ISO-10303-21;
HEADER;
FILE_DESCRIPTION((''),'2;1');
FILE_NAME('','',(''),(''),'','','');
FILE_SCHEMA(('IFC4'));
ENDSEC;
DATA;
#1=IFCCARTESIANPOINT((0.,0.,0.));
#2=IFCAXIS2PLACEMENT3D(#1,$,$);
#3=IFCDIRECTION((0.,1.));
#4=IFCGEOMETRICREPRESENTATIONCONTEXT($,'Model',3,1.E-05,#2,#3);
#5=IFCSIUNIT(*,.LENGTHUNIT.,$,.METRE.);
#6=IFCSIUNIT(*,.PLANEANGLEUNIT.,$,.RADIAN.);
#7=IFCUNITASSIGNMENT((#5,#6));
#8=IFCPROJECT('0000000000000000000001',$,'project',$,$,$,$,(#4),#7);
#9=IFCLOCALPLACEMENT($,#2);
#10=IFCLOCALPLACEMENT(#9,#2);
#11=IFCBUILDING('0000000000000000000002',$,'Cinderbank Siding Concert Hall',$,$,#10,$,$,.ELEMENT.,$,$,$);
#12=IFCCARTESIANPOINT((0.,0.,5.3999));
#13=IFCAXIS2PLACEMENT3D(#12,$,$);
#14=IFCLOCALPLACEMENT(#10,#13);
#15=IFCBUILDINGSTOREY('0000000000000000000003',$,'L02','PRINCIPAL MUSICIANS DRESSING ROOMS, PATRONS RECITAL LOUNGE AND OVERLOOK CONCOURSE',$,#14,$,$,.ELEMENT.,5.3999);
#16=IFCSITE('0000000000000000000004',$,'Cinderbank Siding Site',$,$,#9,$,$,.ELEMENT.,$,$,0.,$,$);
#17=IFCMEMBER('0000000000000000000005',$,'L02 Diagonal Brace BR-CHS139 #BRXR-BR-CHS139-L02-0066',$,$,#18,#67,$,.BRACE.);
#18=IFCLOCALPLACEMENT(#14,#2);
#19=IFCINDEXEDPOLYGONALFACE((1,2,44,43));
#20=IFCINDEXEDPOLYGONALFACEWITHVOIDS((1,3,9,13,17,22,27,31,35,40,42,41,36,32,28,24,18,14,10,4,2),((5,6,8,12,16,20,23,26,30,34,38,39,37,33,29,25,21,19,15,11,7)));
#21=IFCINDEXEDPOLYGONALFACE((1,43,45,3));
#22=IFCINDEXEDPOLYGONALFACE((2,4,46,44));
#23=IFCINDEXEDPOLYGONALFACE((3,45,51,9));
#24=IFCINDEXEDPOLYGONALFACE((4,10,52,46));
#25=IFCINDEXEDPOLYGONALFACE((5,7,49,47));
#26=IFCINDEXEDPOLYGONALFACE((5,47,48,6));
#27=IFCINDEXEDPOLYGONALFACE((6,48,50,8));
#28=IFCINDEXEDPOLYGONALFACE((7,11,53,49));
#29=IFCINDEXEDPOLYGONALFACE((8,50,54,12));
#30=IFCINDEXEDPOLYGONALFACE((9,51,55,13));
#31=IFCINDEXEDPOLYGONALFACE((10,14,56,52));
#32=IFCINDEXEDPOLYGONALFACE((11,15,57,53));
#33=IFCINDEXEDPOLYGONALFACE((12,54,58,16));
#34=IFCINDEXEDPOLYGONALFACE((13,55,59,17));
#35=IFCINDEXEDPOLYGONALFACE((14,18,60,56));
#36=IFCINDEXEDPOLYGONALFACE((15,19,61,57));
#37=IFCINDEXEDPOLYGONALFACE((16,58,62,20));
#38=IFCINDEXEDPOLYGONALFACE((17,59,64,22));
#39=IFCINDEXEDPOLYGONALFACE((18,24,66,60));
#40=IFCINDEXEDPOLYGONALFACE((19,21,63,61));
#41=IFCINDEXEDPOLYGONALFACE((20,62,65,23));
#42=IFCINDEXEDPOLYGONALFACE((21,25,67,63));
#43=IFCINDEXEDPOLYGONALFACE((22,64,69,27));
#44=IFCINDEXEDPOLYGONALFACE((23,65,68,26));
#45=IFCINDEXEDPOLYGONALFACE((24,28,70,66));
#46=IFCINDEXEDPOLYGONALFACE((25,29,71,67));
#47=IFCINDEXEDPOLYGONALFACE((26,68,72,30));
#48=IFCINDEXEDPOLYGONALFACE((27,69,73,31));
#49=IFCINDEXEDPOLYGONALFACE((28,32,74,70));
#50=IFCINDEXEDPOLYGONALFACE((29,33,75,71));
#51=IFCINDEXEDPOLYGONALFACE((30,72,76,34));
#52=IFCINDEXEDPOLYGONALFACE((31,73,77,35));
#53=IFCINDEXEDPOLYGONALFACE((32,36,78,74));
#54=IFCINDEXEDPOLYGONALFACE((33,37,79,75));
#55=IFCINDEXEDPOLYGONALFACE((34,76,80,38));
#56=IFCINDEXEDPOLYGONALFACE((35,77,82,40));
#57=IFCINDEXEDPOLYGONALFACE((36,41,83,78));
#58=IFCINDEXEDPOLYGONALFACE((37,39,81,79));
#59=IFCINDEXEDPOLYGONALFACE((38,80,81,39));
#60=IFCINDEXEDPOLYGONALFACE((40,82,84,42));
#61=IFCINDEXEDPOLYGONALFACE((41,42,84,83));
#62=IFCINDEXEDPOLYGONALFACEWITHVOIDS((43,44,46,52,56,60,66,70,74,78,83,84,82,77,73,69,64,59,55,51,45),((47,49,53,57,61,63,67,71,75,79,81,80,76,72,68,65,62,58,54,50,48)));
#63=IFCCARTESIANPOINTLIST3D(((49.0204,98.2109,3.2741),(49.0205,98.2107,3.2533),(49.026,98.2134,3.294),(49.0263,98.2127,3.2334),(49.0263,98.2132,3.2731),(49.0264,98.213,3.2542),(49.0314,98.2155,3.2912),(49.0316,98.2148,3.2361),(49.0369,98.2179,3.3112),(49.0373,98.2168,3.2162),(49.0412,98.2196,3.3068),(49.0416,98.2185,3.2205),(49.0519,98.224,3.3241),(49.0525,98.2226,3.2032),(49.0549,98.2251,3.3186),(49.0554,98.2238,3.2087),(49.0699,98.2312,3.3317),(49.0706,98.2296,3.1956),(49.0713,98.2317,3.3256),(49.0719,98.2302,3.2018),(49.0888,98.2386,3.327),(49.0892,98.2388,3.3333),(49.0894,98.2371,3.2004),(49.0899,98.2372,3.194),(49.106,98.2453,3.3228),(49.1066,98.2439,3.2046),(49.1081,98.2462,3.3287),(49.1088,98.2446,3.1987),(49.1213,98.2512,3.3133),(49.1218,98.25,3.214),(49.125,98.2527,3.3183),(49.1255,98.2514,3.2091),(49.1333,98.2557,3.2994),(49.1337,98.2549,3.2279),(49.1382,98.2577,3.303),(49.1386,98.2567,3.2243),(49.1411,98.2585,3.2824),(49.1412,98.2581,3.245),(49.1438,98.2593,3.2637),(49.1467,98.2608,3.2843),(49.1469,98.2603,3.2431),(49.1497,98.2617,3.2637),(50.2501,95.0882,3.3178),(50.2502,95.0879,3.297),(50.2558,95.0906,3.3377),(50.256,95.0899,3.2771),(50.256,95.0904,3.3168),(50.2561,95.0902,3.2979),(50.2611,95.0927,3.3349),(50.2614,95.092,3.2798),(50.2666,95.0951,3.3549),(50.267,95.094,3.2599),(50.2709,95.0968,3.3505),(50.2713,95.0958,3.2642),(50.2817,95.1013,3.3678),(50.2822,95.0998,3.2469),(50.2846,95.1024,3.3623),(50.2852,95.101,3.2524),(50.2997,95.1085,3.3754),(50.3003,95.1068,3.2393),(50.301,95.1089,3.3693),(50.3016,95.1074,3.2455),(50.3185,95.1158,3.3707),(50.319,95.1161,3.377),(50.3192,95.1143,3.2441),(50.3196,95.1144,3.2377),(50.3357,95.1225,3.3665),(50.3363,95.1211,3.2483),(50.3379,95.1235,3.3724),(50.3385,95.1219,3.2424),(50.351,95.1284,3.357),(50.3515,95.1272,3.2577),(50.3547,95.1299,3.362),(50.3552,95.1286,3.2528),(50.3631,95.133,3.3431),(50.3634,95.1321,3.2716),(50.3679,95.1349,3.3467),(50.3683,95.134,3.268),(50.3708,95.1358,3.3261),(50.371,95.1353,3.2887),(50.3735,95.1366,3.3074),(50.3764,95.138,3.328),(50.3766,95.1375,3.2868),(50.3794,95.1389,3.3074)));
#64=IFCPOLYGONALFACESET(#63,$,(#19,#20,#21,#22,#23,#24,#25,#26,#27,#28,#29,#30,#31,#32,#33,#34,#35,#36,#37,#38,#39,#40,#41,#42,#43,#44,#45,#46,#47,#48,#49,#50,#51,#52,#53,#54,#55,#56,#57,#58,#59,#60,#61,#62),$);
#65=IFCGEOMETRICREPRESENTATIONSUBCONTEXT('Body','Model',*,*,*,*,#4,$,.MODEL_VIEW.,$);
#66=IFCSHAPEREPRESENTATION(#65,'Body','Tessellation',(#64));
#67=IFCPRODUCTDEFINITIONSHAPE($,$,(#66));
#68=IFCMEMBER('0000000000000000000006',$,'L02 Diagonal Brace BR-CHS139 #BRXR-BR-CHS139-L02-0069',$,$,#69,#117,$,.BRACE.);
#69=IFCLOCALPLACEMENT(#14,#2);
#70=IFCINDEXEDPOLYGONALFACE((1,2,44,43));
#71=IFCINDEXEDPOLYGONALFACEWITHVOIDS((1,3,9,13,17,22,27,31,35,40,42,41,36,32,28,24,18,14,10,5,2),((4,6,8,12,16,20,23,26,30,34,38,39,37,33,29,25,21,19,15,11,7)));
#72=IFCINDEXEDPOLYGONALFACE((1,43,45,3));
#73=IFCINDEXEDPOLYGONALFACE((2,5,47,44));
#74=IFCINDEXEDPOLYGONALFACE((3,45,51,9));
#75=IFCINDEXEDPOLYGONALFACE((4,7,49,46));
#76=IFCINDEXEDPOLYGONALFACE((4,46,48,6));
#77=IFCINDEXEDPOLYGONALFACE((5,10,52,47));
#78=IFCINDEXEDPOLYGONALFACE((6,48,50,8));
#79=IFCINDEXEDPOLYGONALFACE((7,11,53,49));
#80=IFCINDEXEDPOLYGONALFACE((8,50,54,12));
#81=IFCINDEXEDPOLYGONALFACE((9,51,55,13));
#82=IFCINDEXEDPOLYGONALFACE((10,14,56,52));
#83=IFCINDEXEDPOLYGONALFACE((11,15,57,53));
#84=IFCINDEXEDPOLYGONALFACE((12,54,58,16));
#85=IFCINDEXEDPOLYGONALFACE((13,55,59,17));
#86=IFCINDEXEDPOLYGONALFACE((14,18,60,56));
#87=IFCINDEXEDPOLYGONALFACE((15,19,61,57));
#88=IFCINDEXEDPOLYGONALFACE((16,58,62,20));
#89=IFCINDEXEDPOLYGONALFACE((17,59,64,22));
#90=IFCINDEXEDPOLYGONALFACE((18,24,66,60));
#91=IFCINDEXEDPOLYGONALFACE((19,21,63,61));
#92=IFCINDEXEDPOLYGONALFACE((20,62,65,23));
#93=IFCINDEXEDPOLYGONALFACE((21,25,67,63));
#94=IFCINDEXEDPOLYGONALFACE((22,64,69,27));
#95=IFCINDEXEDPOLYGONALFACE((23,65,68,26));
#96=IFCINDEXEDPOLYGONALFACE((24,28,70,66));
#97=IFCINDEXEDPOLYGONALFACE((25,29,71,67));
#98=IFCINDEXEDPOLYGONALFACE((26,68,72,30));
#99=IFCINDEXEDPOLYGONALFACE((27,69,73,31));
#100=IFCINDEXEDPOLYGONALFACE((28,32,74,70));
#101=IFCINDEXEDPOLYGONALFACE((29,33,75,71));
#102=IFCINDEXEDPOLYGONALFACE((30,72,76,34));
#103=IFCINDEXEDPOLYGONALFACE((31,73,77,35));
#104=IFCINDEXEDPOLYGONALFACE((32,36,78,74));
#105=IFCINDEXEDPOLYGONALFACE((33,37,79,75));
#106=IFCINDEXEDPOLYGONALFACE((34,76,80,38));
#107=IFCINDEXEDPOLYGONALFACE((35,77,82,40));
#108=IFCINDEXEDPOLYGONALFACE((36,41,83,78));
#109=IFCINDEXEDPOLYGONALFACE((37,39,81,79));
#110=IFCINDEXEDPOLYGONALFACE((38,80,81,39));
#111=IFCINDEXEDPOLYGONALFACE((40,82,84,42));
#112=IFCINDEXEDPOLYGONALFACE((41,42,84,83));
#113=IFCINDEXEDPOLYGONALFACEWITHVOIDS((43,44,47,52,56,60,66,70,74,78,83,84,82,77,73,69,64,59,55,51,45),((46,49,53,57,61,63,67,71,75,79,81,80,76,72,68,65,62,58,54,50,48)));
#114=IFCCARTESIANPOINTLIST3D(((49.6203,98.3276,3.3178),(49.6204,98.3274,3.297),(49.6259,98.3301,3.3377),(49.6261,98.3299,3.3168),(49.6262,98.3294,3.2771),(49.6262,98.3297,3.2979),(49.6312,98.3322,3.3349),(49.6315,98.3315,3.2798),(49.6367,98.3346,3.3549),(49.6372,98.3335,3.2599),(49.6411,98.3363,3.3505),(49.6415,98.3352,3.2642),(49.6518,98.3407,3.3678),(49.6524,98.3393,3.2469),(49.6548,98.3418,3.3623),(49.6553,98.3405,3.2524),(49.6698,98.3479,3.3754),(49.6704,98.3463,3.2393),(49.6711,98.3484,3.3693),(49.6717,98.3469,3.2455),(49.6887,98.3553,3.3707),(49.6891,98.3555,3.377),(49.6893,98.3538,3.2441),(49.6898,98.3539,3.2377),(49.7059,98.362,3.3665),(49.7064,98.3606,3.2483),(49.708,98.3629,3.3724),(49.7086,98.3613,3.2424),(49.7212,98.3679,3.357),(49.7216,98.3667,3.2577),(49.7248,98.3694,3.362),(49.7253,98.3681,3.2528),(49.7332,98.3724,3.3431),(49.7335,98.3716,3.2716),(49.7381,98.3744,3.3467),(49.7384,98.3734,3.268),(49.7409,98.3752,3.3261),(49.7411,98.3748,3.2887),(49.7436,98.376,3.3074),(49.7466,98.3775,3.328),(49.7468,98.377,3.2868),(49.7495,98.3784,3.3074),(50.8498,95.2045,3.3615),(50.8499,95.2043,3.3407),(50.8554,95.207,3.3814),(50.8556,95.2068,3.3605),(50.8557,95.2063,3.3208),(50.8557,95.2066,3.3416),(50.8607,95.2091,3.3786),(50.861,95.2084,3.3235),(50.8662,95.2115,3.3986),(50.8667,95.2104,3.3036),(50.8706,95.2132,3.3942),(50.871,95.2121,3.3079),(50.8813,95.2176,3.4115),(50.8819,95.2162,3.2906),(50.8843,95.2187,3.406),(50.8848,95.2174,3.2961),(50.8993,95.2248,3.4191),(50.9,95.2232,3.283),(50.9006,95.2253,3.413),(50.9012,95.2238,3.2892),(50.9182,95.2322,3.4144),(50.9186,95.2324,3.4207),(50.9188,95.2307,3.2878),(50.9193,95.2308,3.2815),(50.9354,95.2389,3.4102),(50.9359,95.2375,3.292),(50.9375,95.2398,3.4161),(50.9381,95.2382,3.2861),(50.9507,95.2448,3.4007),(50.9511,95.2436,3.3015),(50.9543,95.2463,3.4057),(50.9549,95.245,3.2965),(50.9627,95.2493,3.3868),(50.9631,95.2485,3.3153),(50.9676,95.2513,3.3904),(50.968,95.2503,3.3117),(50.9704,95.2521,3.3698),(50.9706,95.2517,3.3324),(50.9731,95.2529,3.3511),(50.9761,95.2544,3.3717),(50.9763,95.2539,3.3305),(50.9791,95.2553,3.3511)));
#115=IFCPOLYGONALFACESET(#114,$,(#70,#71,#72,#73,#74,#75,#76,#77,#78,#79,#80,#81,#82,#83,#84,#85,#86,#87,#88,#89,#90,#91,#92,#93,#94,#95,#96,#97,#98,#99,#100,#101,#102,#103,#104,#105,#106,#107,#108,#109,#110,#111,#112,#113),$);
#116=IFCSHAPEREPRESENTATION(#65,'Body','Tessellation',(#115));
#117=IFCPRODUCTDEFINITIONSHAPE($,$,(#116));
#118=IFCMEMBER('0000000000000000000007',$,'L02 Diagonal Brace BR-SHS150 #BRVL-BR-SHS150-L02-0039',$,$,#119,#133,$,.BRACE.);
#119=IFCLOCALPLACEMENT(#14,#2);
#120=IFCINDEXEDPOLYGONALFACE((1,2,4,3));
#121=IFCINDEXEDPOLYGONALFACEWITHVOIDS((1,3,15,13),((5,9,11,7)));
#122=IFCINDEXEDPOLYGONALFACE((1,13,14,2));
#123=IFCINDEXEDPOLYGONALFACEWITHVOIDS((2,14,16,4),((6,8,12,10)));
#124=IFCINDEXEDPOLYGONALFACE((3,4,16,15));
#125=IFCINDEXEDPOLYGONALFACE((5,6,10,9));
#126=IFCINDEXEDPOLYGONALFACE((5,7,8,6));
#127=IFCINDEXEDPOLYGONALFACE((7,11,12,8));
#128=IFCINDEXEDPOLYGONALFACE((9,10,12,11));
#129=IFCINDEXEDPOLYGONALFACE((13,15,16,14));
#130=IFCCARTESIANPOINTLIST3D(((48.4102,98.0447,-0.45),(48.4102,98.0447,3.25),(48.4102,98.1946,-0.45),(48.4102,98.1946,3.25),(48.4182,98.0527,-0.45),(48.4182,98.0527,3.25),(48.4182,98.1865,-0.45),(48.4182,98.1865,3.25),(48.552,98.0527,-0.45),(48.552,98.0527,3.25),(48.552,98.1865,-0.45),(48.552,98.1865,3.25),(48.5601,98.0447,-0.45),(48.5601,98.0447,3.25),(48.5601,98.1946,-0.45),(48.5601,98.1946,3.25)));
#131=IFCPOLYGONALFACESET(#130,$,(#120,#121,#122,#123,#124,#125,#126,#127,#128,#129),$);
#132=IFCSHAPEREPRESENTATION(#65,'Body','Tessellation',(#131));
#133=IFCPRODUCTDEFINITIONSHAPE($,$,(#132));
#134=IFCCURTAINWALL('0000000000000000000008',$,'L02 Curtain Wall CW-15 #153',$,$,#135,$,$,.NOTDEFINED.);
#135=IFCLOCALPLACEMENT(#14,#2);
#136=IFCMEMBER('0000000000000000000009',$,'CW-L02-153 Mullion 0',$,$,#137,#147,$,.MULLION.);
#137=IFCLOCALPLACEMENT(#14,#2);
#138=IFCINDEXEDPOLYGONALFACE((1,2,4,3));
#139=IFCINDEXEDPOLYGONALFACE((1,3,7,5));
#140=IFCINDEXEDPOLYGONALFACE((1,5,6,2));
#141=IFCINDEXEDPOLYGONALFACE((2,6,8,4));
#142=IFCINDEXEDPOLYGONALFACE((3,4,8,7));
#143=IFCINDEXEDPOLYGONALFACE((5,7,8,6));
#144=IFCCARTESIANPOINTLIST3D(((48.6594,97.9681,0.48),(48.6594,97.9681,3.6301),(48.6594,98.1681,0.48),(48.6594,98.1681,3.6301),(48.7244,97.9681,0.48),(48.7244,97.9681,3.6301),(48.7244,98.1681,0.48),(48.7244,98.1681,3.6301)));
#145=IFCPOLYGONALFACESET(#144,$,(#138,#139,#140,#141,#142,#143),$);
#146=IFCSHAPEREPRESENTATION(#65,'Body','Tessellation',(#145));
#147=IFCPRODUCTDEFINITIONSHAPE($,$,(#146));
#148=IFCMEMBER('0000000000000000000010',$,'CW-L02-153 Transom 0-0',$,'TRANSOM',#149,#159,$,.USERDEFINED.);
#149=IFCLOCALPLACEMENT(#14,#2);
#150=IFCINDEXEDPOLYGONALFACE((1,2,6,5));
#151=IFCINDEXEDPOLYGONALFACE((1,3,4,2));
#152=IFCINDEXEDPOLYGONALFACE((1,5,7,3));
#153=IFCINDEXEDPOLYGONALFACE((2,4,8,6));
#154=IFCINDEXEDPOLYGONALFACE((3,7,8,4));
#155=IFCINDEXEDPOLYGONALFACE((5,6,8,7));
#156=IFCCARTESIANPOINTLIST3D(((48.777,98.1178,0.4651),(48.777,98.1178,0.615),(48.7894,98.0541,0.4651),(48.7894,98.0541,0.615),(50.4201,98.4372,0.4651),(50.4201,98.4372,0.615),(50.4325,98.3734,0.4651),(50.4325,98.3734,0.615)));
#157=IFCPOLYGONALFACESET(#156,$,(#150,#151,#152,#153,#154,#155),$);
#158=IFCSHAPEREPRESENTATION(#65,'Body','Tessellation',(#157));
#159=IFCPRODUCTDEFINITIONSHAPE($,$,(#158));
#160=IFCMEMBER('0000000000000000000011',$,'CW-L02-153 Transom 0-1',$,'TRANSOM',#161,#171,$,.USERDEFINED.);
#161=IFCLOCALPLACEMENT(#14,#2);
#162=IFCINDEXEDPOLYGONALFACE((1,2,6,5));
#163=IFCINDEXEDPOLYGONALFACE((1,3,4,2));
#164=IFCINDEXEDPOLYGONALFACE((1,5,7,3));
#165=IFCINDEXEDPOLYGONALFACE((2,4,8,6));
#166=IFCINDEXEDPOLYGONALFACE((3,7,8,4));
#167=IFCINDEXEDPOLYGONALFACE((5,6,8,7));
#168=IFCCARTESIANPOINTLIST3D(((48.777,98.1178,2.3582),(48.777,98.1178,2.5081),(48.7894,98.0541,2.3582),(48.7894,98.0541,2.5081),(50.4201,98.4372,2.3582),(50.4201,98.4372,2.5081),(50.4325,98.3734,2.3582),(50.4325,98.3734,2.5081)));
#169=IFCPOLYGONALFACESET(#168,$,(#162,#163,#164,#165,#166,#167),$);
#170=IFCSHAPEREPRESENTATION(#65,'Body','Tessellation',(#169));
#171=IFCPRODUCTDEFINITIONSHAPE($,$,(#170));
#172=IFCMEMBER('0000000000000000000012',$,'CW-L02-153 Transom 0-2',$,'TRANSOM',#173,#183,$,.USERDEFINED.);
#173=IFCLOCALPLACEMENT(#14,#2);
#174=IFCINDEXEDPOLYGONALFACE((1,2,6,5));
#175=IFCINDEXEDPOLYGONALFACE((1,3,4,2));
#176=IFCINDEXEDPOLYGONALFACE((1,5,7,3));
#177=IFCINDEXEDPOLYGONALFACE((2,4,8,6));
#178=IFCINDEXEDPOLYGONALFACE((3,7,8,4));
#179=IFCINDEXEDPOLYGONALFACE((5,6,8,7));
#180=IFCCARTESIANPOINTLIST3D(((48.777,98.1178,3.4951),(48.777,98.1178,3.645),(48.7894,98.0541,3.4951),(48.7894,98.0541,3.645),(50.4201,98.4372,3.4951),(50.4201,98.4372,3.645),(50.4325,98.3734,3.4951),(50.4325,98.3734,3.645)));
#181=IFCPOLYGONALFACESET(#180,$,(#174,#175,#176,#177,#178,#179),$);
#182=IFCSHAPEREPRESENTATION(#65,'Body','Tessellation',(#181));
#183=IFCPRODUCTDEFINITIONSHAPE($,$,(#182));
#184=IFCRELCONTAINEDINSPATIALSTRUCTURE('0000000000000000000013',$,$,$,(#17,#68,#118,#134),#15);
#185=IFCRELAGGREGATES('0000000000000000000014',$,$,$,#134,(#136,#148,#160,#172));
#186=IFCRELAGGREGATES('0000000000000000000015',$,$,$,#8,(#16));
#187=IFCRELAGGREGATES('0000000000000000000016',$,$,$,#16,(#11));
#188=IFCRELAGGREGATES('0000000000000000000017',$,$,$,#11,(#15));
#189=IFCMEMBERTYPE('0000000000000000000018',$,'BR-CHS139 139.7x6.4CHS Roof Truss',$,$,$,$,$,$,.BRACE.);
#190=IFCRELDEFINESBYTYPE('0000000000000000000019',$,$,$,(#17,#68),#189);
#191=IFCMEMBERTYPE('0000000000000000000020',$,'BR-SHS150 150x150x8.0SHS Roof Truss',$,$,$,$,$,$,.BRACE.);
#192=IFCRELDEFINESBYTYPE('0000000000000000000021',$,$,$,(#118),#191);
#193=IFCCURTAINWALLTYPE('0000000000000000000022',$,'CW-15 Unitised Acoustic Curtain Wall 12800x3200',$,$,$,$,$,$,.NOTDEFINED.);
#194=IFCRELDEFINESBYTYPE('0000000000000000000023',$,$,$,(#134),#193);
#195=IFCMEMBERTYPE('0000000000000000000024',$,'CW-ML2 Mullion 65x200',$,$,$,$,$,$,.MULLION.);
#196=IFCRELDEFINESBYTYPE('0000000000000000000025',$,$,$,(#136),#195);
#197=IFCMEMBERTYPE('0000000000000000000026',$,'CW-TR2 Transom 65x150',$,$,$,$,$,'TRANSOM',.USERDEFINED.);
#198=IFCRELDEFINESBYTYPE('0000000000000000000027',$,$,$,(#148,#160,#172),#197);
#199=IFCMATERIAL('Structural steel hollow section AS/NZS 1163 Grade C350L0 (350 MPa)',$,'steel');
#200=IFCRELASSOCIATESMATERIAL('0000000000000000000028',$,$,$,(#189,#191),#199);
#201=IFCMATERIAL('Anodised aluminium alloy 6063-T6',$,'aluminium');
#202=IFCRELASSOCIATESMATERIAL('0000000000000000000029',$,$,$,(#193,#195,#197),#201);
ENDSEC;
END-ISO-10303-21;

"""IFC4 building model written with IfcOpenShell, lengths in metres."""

from ifc_helpers import new_model, si_unit, direction, frame, origin, origin_2d, place, context, subcontext, project, spatial, rectangle, hollow_rectangle, hollow_circle, extrude, material, material_profile, profile_set, type_object, element, aggregate, save


model = new_model("IFC4")

# Units and contexts
model_context = context("Model", 3, precision=1e-05, world=origin(), true_north=direction((0.0, 1.0)))
body_context = subcontext(model_context, "Body", "Model", "MODEL_VIEW")
ifc_project = project(units=[si_unit("LENGTHUNIT", "METRE"), si_unit("PLANEANGLEUNIT", "RADIAN")], contexts=[model_context])

# Site, building, storey
site_placement = place(None, origin())
site = spatial("IfcSite", under=ifc_project, at=site_placement, Name="Cinderbank Siding Site", CompositionType="ELEMENT", RefElevation=0.0)
building_placement = place(site_placement, origin())
building = spatial("IfcBuilding", under=site, at=building_placement, Name="Cinderbank Siding Concert Hall", CompositionType="ELEMENT")
storey_placement = place(building_placement, frame((0.0, 0.0, 5.3999)))
storey = spatial("IfcBuildingStorey", under=building, at=storey_placement, Name="L02", Description="PRINCIPAL MUSICIANS DRESSING ROOMS, PATRONS RECITAL LOUNGE AND OVERLOOK CONCOURSE", CompositionType="ELEMENT", Elevation=5.3999)

# Members
ifc_material_1 = material(Name="Structural steel hollow section AS/NZS 1163 Grade C350L0 (350 MPa)", Category="steel")
ifc_material_profile_1 = material_profile(ifc_material_1, hollow_circle(Radius=0.0698, WallThickness=0.0063, at=origin_2d()), Name="139.7x6.4CHS", Category="LoadBearing")
ifc_profile_set_1 = profile_set([ifc_material_profile_1], Name="Structural steel hollow section AS/NZS 1163 Grade C350L0 (350 MPa)")
member_type_1 = type_object("IfcMemberType", Name="BR-CHS139 139.7x6.4CHS Roof Truss", PredefinedType="BRACE", material=ifc_profile_set_1)
member_1_placement = place(storey_placement, frame((49.0847, 98.2361, 3.2637), z_axis=(0.366375, -0.930376, 0.01302), x_axis=(0.930455, 0.366406, 0.0)))
element("IfcMember", 1, at=member_1_placement, inside=storey, type_object=member_type_1, Name="L02 Diagonal Brace BR-CHS139 #BRXR-BR-CHS139-L02-0066", PredefinedType="BRACE", context=body_context, shape_type="SweptSolid", body=[
    extrude(hollow_circle(Radius=0.0698, WallThickness=0.0063, at=origin_2d()), origin(), (0.0, 0.0, 1.0), 3.3564),
])
member_2_placement = place(storey_placement, frame((49.6846, 98.3528, 3.3074), z_axis=(0.366287, -0.930411, 0.013019), x_axis=(0.93049, 0.366318, 0.0)))
element("IfcMember", 2, at=member_2_placement, inside=storey, type_object=member_type_1, Name="L02 Diagonal Brace BR-CHS139 #BRXR-BR-CHS139-L02-0069", PredefinedType="BRACE", context=body_context, shape_type="SweptSolid", body=[
    extrude(hollow_circle(Radius=0.0698, WallThickness=0.0063, at=origin_2d()), origin(), (0.0, 0.0, 1.0), 3.3567),
])
ifc_material_profile_2 = material_profile(ifc_material_1, hollow_rectangle(XDim=0.1499, YDim=0.1499, WallThickness=0.0081, at=origin_2d()), Name="150x150x8.0SHS", Category="LoadBearing")
ifc_profile_set_2 = profile_set([ifc_material_profile_2], Name="Structural steel hollow section AS/NZS 1163 Grade C350L0 (350 MPa)")
member_type_2 = type_object("IfcMemberType", Name="BR-SHS150 150x150x8.0SHS Roof Truss", PredefinedType="BRACE", material=ifc_profile_set_2)
member_3_placement = place(storey_placement, frame((48.4851, 98.1196, -0.45), z_axis=(0.0, 0.0, 1.0), x_axis=(1.0, 0.0, 0.0)))
element("IfcMember", 3, at=member_3_placement, inside=storey, type_object=member_type_2, Name="L02 Diagonal Brace BR-SHS150 #BRVL-BR-SHS150-L02-0039", PredefinedType="BRACE", context=body_context, shape_type="SweptSolid", body=[
    extrude(hollow_rectangle(XDim=0.1499, YDim=0.1499, WallThickness=0.0081, at=origin_2d()), origin(), (0.0, 0.0, 1.0), 3.7),
])

# Curtain wall, members
ifc_material_2 = material(Name="Anodised aluminium alloy 6063-T6", Category="aluminium")
curtain_wall_type = type_object("IfcCurtainWallType", Name="CW-15 Unitised Acoustic Curtain Wall 12800x3200", PredefinedType="NOTDEFINED", material=ifc_material_2)
curtain_wall_placement = place(storey_placement, origin())
curtain_wall = element("IfcCurtainWall", 4, at=curtain_wall_placement, inside=storey, type_object=curtain_wall_type, Name="L02 Curtain Wall CW-15 #153", PredefinedType="NOTDEFINED")
ifc_material_profile_3 = material_profile(ifc_material_2, rectangle(XDim=0.0649, YDim=0.2, at=origin_2d()), Name="ALU-MULL-65x200", Category="LoadBearing")
ifc_profile_set_3 = profile_set([ifc_material_profile_3], Name="Anodised aluminium alloy 6063-T6")
member_type_3 = type_object("IfcMemberType", Name="CW-ML2 Mullion 65x200", PredefinedType="MULLION", material=ifc_profile_set_3)
member_4_placement = place(storey_placement, frame((48.6919, 98.0681, 0.48), z_axis=(0.0, 0.0, 1.0), x_axis=(1.0, 0.0, 0.0)))
member_4 = element("IfcMember", 5, at=member_4_placement, type_object=member_type_3, Name="CW-L02-153 Mullion 0", PredefinedType="MULLION", context=body_context, shape_type="SweptSolid", body=[
    extrude(rectangle(XDim=0.0649, YDim=0.2, at=origin_2d()), origin(), (0.0, 0.0, 1.0), 3.1501),
])
ifc_material_profile_4 = material_profile(ifc_material_2, rectangle(XDim=0.0649, YDim=0.1499, at=origin_2d()), Name="ALU-TRAN-65x150", Category="LoadBearing")
ifc_profile_set_4 = profile_set([ifc_material_profile_4], Name="Anodised aluminium alloy 6063-T6")
member_type_4 = type_object("IfcMemberType", Name="CW-TR2 Transom 65x150", ElementType="TRANSOM", PredefinedType="USERDEFINED", material=ifc_profile_set_4)
member_5_placement = place(storey_placement, frame((48.7832, 98.0859, 0.54), z_axis=(0.981632, 0.190784, 0.0), x_axis=(-0.190784, 0.981632, 0.0)))
member_5 = element("IfcMember", 6, at=member_5_placement, type_object=member_type_4, Name="CW-L02-153 Transom 0-0", ObjectType="TRANSOM", PredefinedType="USERDEFINED", context=body_context, shape_type="SweptSolid", body=[
    extrude(rectangle(XDim=0.0649, YDim=0.1499, at=origin_2d()), origin(), (0.0, 0.0, 1.0), 1.6738),
])
member_6_placement = place(storey_placement, frame((48.7832, 98.0859, 2.4331), z_axis=(0.981632, 0.190784, 0.0), x_axis=(-0.190784, 0.981632, 0.0)))
member_6 = element("IfcMember", 7, at=member_6_placement, type_object=member_type_4, Name="CW-L02-153 Transom 0-1", ObjectType="TRANSOM", PredefinedType="USERDEFINED", context=body_context, shape_type="SweptSolid", body=[
    extrude(rectangle(XDim=0.0649, YDim=0.1499, at=origin_2d()), origin(), (0.0, 0.0, 1.0), 1.6738),
])
member_7_placement = place(storey_placement, frame((48.7832, 98.0859, 3.5701), z_axis=(0.981632, 0.190784, 0.0), x_axis=(-0.190784, 0.981632, 0.0)))
member_7 = element("IfcMember", 8, at=member_7_placement, type_object=member_type_4, Name="CW-L02-153 Transom 0-2", ObjectType="TRANSOM", PredefinedType="USERDEFINED", context=body_context, shape_type="SweptSolid", body=[
    extrude(rectangle(XDim=0.0649, YDim=0.1499, at=origin_2d()), origin(), (0.0, 0.0, 1.0), 1.6738),
])
aggregate(curtain_wall, [member_4, member_5, member_6, member_7])

save(model, "model.ifc")
